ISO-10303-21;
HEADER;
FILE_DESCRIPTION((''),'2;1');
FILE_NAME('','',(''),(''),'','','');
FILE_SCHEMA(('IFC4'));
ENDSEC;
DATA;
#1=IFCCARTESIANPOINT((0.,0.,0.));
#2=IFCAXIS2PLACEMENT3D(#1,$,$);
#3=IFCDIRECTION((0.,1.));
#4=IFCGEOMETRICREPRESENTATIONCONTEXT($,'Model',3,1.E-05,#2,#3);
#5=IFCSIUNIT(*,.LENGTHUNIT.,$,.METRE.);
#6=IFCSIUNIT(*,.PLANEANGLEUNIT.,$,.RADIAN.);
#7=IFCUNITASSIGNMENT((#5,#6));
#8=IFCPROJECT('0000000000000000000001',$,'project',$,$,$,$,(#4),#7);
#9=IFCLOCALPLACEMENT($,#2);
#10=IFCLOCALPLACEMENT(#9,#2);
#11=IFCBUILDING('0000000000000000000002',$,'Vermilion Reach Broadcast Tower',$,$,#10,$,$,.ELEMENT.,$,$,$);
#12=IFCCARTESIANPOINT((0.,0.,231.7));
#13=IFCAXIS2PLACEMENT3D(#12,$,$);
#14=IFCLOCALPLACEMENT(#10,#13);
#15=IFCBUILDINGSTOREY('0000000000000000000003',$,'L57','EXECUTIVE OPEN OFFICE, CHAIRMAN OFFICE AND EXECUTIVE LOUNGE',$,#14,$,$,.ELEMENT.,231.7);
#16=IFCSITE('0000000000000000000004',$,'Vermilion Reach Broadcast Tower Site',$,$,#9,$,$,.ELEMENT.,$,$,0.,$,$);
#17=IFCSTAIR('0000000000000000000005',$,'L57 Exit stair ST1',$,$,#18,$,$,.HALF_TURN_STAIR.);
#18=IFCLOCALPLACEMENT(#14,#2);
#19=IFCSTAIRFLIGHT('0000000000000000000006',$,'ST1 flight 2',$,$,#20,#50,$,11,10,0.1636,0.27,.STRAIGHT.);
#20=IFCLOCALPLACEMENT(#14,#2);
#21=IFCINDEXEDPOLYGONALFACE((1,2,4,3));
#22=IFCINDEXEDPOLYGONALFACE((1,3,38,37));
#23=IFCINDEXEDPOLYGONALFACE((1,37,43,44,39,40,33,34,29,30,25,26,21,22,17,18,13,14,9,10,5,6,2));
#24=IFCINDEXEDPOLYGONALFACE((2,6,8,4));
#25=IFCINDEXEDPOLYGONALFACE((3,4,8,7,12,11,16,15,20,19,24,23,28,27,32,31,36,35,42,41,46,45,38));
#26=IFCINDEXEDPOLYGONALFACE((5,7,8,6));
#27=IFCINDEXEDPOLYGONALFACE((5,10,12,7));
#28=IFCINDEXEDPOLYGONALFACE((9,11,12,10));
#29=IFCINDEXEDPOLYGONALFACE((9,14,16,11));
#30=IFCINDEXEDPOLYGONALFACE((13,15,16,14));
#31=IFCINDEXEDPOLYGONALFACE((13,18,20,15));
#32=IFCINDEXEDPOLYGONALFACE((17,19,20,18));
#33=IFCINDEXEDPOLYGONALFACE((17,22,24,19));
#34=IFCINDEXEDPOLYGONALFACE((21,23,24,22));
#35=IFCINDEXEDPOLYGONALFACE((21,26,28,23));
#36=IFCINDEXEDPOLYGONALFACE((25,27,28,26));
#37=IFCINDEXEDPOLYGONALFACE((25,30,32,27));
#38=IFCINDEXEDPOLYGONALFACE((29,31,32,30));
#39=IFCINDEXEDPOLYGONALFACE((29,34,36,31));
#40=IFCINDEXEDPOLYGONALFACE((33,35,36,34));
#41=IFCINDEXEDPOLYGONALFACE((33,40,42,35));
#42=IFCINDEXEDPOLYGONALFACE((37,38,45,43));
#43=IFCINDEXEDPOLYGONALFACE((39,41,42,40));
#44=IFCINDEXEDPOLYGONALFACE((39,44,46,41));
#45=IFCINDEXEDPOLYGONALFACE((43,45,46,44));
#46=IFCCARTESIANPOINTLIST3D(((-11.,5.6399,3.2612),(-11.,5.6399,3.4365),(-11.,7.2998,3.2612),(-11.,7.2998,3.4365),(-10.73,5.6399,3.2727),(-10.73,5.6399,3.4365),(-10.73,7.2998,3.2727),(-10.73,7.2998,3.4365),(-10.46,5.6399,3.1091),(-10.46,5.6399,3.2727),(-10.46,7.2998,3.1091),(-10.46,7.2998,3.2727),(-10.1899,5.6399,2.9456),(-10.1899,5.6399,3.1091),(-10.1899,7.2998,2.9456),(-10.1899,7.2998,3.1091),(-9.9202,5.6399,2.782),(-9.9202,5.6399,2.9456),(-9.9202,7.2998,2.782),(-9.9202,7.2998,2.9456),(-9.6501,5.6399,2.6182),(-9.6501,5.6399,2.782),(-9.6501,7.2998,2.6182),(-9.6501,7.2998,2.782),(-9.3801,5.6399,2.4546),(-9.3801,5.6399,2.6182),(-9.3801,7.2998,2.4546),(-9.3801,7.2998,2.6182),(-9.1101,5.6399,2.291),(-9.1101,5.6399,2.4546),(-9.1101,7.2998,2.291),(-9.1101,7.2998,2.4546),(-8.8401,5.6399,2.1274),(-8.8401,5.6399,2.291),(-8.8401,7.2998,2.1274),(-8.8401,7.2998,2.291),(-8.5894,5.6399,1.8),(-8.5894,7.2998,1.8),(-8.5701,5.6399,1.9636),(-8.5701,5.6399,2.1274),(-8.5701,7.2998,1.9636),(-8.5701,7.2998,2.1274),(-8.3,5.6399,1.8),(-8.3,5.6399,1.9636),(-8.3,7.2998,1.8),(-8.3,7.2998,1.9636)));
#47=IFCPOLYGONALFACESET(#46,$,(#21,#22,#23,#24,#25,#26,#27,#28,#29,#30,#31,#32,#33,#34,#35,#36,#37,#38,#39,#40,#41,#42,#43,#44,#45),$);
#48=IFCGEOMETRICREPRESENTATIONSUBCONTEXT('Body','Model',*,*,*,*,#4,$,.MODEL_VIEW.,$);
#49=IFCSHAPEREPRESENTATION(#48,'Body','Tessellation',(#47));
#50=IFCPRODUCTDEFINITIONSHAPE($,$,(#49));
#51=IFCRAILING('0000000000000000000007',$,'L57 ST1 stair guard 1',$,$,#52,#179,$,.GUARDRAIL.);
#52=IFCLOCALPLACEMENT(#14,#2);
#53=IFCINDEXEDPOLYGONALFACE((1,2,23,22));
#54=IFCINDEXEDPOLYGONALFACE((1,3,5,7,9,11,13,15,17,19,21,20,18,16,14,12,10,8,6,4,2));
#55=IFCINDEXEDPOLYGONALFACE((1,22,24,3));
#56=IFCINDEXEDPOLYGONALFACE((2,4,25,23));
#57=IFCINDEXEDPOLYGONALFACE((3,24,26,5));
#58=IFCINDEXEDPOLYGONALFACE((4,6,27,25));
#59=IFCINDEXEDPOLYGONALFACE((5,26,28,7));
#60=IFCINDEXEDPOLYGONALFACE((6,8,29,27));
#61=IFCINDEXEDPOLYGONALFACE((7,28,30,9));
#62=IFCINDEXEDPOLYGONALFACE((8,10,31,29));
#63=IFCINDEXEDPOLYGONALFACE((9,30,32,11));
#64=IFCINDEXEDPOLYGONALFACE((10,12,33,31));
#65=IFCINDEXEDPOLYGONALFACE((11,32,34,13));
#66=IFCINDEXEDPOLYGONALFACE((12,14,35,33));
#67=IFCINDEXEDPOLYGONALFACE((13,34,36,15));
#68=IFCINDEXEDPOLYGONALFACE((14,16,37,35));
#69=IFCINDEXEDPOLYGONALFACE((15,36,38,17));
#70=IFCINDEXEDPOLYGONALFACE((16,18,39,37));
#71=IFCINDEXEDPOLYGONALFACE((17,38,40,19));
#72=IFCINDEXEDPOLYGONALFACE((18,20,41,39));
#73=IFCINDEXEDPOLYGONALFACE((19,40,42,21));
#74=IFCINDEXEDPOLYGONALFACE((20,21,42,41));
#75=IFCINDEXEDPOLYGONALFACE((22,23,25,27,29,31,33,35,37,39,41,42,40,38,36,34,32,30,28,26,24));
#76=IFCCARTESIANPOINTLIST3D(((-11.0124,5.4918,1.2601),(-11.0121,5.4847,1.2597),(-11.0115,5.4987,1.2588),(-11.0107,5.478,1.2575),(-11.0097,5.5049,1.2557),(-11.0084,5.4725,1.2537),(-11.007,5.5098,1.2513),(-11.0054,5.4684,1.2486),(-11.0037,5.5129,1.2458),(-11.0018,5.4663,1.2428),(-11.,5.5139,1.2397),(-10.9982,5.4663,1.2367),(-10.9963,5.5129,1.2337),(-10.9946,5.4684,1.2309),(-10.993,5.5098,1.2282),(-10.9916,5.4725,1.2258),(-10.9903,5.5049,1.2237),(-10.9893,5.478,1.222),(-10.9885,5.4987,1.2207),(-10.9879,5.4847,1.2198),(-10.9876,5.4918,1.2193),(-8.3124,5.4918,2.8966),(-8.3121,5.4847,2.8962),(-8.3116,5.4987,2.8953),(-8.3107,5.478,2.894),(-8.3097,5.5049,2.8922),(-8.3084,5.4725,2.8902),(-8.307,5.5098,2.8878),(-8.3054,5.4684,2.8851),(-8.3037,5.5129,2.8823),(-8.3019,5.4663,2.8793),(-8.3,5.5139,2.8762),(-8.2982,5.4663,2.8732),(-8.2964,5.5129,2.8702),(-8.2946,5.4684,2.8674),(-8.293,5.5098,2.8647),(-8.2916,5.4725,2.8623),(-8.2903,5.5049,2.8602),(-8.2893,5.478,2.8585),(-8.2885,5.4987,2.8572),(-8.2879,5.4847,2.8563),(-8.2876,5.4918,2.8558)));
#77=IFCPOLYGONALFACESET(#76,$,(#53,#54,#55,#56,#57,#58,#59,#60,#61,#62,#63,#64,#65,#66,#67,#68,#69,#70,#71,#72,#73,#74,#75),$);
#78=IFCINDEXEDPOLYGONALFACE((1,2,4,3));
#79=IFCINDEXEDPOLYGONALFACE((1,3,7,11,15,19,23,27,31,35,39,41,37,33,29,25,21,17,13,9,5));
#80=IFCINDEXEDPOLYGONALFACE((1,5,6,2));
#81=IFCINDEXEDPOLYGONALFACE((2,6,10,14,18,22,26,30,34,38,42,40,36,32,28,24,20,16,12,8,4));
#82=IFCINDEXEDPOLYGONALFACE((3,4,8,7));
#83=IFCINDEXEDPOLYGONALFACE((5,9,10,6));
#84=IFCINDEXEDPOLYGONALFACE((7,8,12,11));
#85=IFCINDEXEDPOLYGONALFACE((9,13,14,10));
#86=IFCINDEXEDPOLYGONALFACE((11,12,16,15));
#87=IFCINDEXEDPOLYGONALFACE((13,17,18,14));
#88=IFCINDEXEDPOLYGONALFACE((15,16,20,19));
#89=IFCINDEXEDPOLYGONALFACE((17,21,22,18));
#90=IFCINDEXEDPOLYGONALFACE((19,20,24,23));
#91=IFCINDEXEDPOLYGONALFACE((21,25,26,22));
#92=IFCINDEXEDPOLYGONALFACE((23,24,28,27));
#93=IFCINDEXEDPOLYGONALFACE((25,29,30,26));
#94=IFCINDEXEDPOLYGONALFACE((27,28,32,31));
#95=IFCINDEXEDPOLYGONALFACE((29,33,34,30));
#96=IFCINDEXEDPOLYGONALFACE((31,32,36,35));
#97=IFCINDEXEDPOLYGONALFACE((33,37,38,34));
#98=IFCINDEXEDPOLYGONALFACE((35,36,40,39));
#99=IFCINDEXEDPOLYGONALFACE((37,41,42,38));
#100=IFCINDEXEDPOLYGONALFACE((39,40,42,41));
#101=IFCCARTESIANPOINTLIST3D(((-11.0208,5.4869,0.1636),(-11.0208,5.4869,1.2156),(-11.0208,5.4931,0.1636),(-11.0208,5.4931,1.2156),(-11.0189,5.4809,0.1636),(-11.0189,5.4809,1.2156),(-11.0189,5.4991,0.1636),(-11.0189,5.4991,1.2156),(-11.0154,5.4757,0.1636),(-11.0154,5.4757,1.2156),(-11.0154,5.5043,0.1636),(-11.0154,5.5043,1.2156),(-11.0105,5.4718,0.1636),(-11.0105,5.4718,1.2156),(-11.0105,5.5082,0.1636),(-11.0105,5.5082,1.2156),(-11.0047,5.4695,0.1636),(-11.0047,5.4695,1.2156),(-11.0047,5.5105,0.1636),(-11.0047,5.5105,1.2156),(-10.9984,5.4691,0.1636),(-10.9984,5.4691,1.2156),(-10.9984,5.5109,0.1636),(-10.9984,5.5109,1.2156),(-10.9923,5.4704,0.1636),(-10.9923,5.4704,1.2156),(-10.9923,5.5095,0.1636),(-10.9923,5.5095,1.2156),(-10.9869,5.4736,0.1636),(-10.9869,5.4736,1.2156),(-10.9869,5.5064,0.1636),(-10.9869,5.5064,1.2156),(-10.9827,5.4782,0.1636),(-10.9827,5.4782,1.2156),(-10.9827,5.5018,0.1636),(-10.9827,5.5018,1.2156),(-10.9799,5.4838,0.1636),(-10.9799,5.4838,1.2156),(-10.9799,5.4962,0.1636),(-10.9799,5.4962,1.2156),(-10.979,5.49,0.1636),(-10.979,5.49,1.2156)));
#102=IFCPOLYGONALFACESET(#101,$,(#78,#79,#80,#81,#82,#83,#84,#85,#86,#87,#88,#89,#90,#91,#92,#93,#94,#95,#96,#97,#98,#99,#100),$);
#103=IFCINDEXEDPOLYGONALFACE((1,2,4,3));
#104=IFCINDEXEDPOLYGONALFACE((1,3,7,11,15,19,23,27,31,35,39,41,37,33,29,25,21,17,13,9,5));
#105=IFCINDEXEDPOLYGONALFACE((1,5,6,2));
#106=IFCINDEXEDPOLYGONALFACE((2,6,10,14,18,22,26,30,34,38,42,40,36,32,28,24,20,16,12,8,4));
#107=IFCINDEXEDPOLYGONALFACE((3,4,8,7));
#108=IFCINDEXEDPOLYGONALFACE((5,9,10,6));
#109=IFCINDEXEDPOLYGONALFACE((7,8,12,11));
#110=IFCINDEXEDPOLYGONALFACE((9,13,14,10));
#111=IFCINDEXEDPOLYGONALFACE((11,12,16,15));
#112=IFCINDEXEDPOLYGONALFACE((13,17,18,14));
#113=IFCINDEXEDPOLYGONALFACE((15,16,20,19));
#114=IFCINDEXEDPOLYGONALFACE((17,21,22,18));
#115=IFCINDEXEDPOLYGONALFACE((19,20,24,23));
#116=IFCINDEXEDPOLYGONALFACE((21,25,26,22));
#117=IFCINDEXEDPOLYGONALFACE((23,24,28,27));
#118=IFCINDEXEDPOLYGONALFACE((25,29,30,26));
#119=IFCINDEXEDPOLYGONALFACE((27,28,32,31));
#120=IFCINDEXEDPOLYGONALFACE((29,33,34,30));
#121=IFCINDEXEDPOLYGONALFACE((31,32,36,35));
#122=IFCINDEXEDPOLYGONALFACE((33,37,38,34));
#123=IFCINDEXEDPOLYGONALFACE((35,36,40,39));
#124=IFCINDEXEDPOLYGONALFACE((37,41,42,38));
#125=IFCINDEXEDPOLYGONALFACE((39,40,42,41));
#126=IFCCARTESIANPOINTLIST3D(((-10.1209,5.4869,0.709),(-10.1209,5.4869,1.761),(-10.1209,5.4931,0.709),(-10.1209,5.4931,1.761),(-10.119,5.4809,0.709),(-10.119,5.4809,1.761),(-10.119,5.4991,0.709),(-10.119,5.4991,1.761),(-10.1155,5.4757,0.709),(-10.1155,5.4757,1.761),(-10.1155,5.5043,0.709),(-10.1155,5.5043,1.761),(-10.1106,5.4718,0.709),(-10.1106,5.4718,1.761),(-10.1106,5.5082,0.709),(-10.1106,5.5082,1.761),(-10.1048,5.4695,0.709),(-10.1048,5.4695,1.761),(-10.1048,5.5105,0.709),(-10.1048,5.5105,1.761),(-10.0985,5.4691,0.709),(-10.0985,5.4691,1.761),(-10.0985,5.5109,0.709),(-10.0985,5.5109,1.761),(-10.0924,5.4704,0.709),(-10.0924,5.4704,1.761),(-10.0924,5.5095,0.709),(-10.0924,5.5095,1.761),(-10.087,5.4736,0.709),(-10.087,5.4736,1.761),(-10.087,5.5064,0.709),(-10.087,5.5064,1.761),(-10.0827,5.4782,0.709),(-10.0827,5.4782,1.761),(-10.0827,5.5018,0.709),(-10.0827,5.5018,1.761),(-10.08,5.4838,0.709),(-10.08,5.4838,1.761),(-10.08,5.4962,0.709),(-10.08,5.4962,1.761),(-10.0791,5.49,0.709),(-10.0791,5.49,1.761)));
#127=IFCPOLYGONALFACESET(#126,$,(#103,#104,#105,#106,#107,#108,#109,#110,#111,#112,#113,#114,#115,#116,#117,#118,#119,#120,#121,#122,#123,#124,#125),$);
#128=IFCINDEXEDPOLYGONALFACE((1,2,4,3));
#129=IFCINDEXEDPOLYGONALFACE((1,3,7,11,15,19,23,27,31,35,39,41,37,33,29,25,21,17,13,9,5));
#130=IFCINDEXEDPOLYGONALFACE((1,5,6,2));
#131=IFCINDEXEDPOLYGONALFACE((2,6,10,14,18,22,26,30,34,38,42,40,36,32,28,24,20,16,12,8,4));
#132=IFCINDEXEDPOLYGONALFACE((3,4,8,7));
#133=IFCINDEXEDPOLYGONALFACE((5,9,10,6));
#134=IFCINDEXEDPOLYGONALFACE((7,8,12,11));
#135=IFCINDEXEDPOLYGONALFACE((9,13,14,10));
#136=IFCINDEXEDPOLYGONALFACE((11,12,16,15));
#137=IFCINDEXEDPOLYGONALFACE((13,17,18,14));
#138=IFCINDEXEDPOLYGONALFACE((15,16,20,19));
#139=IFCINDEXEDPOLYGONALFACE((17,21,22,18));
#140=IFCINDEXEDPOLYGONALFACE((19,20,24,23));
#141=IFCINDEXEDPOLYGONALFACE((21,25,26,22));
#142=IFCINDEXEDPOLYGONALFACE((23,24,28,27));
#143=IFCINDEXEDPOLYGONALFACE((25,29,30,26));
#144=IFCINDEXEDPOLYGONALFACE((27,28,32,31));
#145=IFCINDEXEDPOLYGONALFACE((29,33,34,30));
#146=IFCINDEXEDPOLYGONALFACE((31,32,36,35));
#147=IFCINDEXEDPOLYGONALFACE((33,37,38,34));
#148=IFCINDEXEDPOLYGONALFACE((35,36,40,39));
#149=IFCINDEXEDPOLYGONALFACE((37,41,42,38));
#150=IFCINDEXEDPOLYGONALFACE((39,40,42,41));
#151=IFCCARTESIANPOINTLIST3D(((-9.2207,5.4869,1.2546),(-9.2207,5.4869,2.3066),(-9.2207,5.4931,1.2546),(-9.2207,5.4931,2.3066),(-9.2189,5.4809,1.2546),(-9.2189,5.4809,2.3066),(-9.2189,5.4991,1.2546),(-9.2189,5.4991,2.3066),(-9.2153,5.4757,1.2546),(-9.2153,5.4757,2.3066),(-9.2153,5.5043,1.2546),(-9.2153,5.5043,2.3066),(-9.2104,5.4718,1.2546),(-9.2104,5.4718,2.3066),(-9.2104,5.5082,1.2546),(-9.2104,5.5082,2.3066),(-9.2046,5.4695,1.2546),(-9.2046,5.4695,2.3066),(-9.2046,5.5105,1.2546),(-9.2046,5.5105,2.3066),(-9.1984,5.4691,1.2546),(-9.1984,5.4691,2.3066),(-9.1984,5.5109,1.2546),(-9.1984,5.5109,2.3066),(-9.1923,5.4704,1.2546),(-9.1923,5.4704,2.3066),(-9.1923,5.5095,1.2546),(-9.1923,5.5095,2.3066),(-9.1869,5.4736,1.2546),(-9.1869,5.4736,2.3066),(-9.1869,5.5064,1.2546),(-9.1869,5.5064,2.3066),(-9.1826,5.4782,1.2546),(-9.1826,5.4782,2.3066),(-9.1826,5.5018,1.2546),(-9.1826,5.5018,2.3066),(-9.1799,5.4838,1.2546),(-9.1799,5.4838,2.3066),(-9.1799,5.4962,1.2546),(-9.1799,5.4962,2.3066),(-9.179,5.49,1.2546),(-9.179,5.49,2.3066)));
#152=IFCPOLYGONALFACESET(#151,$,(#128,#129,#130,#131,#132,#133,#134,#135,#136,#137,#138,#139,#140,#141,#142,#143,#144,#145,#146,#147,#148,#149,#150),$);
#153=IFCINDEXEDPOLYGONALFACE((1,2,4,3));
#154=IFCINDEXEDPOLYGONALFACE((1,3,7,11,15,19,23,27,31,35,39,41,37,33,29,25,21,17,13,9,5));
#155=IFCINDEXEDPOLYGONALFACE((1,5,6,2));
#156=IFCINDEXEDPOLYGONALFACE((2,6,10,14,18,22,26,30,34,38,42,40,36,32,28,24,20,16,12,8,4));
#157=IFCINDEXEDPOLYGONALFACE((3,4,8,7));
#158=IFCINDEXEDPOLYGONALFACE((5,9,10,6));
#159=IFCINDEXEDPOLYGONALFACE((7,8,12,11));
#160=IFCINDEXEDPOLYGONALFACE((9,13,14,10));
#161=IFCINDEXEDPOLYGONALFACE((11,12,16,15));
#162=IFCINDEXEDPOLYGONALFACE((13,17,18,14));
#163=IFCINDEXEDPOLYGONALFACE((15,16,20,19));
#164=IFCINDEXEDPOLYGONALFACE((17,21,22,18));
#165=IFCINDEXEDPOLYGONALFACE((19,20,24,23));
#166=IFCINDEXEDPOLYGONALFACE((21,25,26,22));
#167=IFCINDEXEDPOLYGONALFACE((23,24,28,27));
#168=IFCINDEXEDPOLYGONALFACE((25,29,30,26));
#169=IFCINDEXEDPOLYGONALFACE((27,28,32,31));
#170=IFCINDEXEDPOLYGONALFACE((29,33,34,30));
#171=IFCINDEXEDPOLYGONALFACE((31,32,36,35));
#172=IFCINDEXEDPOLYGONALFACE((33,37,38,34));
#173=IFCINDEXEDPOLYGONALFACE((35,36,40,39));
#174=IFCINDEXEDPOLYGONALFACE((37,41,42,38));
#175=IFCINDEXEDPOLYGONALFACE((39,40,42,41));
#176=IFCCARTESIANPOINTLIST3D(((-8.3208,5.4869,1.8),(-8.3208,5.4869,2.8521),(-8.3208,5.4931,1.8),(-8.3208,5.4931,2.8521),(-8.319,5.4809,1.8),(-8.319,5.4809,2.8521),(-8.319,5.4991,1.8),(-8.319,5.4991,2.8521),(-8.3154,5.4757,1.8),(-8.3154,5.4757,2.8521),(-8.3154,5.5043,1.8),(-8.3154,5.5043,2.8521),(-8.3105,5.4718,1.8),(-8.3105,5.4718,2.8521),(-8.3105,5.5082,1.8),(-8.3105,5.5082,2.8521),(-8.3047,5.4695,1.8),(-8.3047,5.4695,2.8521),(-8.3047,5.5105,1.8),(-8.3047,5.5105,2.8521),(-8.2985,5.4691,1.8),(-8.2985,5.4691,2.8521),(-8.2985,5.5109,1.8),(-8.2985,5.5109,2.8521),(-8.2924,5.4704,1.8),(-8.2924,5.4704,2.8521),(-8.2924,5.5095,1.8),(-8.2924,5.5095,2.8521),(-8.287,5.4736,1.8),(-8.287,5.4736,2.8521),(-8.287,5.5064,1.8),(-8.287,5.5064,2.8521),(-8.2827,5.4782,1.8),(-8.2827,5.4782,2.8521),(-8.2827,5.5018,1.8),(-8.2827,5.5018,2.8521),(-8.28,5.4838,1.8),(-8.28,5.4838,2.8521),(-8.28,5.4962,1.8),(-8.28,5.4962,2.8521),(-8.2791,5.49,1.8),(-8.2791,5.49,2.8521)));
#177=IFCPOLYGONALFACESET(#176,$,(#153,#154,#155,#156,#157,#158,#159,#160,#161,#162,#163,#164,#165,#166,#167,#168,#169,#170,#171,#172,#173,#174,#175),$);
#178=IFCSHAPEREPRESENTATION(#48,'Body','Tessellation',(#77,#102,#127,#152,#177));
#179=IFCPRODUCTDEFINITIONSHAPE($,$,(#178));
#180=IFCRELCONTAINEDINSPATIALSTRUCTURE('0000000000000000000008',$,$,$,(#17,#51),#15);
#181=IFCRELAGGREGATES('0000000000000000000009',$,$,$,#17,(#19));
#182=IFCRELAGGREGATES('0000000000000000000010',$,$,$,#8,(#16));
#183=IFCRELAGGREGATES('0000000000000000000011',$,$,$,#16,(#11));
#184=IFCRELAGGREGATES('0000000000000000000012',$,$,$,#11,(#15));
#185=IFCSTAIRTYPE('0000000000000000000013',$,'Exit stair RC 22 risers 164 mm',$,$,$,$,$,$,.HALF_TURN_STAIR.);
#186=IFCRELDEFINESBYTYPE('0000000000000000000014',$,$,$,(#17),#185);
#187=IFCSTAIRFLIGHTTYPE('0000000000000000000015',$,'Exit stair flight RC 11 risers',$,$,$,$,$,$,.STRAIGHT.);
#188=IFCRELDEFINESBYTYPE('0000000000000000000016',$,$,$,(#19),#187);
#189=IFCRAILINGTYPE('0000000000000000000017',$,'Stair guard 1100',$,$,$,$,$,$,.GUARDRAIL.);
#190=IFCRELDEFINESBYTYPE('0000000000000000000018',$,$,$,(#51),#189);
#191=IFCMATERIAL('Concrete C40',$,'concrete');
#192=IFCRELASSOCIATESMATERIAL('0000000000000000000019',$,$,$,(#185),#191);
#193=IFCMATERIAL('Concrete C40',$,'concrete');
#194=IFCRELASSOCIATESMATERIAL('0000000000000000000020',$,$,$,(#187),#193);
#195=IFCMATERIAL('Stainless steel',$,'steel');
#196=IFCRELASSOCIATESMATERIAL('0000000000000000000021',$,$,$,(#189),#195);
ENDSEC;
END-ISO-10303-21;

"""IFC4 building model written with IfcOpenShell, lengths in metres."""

from ifc_helpers import new_model, si_unit, direction, frame, origin, origin_2d, place, context, subcontext, project, spatial, polyline, circle, outline, extrude, material, type_object, element, aggregate, save


model = new_model("IFC4")

# Units and contexts
model_context = context("Model", 3, precision=1e-05, world=origin(), true_north=direction((0.0, 1.0)))
body_context = subcontext(model_context, "Body", "Model", "MODEL_VIEW")
ifc_project = project(units=[si_unit("LENGTHUNIT", "METRE"), si_unit("PLANEANGLEUNIT", "RADIAN")], contexts=[model_context])

# Site, building, storey
site_placement = place(None, origin())
site = spatial("IfcSite", under=ifc_project, at=site_placement, Name="Vermilion Reach Broadcast Tower Site", CompositionType="ELEMENT", RefElevation=0.0)
building_placement = place(site_placement, origin())
building = spatial("IfcBuilding", under=site, at=building_placement, Name="Vermilion Reach Broadcast Tower", CompositionType="ELEMENT")
storey_placement = place(building_placement, frame((0.0, 0.0, 231.7)))
storey = spatial("IfcBuildingStorey", under=building, at=storey_placement, Name="L57", Description="EXECUTIVE OPEN OFFICE, CHAIRMAN OFFICE AND EXECUTIVE LOUNGE", CompositionType="ELEMENT", Elevation=231.7)

# Stair, stair flight
ifc_material_1 = material(Name="Concrete C40", Category="concrete")
stair_type = type_object("IfcStairType", Name="Exit stair RC 22 risers 164 mm", PredefinedType="HALF_TURN_STAIR", material=ifc_material_1)
stair_placement = place(storey_placement, origin())
stair = element("IfcStair", 1, at=stair_placement, inside=storey, type_object=stair_type, Name="L57 Exit stair ST1", PredefinedType="HALF_TURN_STAIR")
ifc_material_2 = material(Name="Concrete C40", Category="concrete")
stair_flight_type = type_object("IfcStairFlightType", Name="Exit stair flight RC 11 risers", PredefinedType="STRAIGHT", material=ifc_material_2)
stair_flight_1_placement = place(storey_placement, frame((-8.3, 6.47, 1.8), z_axis=(0.0, 0.0, 1.0), x_axis=(-1.0, 0.0, 0.0)))
stair_flight_1 = element("IfcStairFlight", 2, at=stair_flight_1_placement, type_object=stair_flight_type, Name="ST1 flight 2", NumberOfRisers=11, NumberOfTreads=10, PredefinedType="STRAIGHT", RiserHeight=0.1636, TreadLength=0.27, context=body_context, shape_type="SweptSolid", body=[
    extrude(outline(polyline([(0.0, 0.0), (0.0, 0.1636), (0.27, 0.1636), (0.27, 0.3274), (0.54, 0.3274), (0.54, 0.491), (0.8101, 0.491), (0.8101, 0.6545), (1.0801, 0.6545), (1.0801, 0.8181), (1.3501, 0.8181), (1.3501, 0.9819), (1.6201, 0.9819), (1.6201, 1.1455), (1.8899, 1.1455), (1.8899, 1.3091), (2.1599, 1.3091), (2.1599, 1.4727), (2.4299, 1.4727), (2.4299, 1.6365), (2.7, 1.6365), (2.7, 1.8), (2.7, 1.4612), (0.2893, 0.0), (0.0, 0.0)])), frame((0.0, 0.8301, 0.0), z_axis=(0.0, -1.0, 0.0), x_axis=(1.0, 0.0, 0.0)), (0.0, 0.0, 1.0), 1.6599),
])
aggregate(stair, [stair_flight_1])

# Railing
ifc_material_3 = material(Name="Stainless steel", Category="steel")
railing_type_1 = type_object("IfcRailingType", Name="Stair guard 1100", PredefinedType="GUARDRAIL", material=ifc_material_3)
railing_1_placement = place(storey_placement, frame((-11.0, 5.49, 0.1636)))
element("IfcRailing", 3, at=railing_1_placement, inside=storey, type_object=railing_type_1, Name="L57 ST1 stair guard 1", PredefinedType="GUARDRAIL", context=body_context, shape_type="SweptSolid", body=[
    extrude(circle(Radius=0.0239, at=origin_2d()), frame((0.0, 0.0, 1.0762), z_axis=(0.855178, 0.0, 0.518334), x_axis=(0.0, 1.0, 0.0)), (0.0, 0.0, 1.0), 3.1572),
    extrude(circle(Radius=0.021, at=origin_2d()), origin(), (0.0, 0.0, 1.0), 1.052),
    extrude(circle(Radius=0.021, at=origin_2d()), frame((0.8999, 0.0, 0.5454)), (0.0, 0.0, 1.0), 1.052),
    extrude(circle(Radius=0.021, at=origin_2d()), frame((1.8, 0.0, 1.0911)), (0.0, 0.0, 1.0), 1.052),
    extrude(circle(Radius=0.021, at=origin_2d()), frame((2.7, 0.0, 1.6365)), (0.0, 0.0, 1.0), 1.052),
])

save(model, "model.ifc")
